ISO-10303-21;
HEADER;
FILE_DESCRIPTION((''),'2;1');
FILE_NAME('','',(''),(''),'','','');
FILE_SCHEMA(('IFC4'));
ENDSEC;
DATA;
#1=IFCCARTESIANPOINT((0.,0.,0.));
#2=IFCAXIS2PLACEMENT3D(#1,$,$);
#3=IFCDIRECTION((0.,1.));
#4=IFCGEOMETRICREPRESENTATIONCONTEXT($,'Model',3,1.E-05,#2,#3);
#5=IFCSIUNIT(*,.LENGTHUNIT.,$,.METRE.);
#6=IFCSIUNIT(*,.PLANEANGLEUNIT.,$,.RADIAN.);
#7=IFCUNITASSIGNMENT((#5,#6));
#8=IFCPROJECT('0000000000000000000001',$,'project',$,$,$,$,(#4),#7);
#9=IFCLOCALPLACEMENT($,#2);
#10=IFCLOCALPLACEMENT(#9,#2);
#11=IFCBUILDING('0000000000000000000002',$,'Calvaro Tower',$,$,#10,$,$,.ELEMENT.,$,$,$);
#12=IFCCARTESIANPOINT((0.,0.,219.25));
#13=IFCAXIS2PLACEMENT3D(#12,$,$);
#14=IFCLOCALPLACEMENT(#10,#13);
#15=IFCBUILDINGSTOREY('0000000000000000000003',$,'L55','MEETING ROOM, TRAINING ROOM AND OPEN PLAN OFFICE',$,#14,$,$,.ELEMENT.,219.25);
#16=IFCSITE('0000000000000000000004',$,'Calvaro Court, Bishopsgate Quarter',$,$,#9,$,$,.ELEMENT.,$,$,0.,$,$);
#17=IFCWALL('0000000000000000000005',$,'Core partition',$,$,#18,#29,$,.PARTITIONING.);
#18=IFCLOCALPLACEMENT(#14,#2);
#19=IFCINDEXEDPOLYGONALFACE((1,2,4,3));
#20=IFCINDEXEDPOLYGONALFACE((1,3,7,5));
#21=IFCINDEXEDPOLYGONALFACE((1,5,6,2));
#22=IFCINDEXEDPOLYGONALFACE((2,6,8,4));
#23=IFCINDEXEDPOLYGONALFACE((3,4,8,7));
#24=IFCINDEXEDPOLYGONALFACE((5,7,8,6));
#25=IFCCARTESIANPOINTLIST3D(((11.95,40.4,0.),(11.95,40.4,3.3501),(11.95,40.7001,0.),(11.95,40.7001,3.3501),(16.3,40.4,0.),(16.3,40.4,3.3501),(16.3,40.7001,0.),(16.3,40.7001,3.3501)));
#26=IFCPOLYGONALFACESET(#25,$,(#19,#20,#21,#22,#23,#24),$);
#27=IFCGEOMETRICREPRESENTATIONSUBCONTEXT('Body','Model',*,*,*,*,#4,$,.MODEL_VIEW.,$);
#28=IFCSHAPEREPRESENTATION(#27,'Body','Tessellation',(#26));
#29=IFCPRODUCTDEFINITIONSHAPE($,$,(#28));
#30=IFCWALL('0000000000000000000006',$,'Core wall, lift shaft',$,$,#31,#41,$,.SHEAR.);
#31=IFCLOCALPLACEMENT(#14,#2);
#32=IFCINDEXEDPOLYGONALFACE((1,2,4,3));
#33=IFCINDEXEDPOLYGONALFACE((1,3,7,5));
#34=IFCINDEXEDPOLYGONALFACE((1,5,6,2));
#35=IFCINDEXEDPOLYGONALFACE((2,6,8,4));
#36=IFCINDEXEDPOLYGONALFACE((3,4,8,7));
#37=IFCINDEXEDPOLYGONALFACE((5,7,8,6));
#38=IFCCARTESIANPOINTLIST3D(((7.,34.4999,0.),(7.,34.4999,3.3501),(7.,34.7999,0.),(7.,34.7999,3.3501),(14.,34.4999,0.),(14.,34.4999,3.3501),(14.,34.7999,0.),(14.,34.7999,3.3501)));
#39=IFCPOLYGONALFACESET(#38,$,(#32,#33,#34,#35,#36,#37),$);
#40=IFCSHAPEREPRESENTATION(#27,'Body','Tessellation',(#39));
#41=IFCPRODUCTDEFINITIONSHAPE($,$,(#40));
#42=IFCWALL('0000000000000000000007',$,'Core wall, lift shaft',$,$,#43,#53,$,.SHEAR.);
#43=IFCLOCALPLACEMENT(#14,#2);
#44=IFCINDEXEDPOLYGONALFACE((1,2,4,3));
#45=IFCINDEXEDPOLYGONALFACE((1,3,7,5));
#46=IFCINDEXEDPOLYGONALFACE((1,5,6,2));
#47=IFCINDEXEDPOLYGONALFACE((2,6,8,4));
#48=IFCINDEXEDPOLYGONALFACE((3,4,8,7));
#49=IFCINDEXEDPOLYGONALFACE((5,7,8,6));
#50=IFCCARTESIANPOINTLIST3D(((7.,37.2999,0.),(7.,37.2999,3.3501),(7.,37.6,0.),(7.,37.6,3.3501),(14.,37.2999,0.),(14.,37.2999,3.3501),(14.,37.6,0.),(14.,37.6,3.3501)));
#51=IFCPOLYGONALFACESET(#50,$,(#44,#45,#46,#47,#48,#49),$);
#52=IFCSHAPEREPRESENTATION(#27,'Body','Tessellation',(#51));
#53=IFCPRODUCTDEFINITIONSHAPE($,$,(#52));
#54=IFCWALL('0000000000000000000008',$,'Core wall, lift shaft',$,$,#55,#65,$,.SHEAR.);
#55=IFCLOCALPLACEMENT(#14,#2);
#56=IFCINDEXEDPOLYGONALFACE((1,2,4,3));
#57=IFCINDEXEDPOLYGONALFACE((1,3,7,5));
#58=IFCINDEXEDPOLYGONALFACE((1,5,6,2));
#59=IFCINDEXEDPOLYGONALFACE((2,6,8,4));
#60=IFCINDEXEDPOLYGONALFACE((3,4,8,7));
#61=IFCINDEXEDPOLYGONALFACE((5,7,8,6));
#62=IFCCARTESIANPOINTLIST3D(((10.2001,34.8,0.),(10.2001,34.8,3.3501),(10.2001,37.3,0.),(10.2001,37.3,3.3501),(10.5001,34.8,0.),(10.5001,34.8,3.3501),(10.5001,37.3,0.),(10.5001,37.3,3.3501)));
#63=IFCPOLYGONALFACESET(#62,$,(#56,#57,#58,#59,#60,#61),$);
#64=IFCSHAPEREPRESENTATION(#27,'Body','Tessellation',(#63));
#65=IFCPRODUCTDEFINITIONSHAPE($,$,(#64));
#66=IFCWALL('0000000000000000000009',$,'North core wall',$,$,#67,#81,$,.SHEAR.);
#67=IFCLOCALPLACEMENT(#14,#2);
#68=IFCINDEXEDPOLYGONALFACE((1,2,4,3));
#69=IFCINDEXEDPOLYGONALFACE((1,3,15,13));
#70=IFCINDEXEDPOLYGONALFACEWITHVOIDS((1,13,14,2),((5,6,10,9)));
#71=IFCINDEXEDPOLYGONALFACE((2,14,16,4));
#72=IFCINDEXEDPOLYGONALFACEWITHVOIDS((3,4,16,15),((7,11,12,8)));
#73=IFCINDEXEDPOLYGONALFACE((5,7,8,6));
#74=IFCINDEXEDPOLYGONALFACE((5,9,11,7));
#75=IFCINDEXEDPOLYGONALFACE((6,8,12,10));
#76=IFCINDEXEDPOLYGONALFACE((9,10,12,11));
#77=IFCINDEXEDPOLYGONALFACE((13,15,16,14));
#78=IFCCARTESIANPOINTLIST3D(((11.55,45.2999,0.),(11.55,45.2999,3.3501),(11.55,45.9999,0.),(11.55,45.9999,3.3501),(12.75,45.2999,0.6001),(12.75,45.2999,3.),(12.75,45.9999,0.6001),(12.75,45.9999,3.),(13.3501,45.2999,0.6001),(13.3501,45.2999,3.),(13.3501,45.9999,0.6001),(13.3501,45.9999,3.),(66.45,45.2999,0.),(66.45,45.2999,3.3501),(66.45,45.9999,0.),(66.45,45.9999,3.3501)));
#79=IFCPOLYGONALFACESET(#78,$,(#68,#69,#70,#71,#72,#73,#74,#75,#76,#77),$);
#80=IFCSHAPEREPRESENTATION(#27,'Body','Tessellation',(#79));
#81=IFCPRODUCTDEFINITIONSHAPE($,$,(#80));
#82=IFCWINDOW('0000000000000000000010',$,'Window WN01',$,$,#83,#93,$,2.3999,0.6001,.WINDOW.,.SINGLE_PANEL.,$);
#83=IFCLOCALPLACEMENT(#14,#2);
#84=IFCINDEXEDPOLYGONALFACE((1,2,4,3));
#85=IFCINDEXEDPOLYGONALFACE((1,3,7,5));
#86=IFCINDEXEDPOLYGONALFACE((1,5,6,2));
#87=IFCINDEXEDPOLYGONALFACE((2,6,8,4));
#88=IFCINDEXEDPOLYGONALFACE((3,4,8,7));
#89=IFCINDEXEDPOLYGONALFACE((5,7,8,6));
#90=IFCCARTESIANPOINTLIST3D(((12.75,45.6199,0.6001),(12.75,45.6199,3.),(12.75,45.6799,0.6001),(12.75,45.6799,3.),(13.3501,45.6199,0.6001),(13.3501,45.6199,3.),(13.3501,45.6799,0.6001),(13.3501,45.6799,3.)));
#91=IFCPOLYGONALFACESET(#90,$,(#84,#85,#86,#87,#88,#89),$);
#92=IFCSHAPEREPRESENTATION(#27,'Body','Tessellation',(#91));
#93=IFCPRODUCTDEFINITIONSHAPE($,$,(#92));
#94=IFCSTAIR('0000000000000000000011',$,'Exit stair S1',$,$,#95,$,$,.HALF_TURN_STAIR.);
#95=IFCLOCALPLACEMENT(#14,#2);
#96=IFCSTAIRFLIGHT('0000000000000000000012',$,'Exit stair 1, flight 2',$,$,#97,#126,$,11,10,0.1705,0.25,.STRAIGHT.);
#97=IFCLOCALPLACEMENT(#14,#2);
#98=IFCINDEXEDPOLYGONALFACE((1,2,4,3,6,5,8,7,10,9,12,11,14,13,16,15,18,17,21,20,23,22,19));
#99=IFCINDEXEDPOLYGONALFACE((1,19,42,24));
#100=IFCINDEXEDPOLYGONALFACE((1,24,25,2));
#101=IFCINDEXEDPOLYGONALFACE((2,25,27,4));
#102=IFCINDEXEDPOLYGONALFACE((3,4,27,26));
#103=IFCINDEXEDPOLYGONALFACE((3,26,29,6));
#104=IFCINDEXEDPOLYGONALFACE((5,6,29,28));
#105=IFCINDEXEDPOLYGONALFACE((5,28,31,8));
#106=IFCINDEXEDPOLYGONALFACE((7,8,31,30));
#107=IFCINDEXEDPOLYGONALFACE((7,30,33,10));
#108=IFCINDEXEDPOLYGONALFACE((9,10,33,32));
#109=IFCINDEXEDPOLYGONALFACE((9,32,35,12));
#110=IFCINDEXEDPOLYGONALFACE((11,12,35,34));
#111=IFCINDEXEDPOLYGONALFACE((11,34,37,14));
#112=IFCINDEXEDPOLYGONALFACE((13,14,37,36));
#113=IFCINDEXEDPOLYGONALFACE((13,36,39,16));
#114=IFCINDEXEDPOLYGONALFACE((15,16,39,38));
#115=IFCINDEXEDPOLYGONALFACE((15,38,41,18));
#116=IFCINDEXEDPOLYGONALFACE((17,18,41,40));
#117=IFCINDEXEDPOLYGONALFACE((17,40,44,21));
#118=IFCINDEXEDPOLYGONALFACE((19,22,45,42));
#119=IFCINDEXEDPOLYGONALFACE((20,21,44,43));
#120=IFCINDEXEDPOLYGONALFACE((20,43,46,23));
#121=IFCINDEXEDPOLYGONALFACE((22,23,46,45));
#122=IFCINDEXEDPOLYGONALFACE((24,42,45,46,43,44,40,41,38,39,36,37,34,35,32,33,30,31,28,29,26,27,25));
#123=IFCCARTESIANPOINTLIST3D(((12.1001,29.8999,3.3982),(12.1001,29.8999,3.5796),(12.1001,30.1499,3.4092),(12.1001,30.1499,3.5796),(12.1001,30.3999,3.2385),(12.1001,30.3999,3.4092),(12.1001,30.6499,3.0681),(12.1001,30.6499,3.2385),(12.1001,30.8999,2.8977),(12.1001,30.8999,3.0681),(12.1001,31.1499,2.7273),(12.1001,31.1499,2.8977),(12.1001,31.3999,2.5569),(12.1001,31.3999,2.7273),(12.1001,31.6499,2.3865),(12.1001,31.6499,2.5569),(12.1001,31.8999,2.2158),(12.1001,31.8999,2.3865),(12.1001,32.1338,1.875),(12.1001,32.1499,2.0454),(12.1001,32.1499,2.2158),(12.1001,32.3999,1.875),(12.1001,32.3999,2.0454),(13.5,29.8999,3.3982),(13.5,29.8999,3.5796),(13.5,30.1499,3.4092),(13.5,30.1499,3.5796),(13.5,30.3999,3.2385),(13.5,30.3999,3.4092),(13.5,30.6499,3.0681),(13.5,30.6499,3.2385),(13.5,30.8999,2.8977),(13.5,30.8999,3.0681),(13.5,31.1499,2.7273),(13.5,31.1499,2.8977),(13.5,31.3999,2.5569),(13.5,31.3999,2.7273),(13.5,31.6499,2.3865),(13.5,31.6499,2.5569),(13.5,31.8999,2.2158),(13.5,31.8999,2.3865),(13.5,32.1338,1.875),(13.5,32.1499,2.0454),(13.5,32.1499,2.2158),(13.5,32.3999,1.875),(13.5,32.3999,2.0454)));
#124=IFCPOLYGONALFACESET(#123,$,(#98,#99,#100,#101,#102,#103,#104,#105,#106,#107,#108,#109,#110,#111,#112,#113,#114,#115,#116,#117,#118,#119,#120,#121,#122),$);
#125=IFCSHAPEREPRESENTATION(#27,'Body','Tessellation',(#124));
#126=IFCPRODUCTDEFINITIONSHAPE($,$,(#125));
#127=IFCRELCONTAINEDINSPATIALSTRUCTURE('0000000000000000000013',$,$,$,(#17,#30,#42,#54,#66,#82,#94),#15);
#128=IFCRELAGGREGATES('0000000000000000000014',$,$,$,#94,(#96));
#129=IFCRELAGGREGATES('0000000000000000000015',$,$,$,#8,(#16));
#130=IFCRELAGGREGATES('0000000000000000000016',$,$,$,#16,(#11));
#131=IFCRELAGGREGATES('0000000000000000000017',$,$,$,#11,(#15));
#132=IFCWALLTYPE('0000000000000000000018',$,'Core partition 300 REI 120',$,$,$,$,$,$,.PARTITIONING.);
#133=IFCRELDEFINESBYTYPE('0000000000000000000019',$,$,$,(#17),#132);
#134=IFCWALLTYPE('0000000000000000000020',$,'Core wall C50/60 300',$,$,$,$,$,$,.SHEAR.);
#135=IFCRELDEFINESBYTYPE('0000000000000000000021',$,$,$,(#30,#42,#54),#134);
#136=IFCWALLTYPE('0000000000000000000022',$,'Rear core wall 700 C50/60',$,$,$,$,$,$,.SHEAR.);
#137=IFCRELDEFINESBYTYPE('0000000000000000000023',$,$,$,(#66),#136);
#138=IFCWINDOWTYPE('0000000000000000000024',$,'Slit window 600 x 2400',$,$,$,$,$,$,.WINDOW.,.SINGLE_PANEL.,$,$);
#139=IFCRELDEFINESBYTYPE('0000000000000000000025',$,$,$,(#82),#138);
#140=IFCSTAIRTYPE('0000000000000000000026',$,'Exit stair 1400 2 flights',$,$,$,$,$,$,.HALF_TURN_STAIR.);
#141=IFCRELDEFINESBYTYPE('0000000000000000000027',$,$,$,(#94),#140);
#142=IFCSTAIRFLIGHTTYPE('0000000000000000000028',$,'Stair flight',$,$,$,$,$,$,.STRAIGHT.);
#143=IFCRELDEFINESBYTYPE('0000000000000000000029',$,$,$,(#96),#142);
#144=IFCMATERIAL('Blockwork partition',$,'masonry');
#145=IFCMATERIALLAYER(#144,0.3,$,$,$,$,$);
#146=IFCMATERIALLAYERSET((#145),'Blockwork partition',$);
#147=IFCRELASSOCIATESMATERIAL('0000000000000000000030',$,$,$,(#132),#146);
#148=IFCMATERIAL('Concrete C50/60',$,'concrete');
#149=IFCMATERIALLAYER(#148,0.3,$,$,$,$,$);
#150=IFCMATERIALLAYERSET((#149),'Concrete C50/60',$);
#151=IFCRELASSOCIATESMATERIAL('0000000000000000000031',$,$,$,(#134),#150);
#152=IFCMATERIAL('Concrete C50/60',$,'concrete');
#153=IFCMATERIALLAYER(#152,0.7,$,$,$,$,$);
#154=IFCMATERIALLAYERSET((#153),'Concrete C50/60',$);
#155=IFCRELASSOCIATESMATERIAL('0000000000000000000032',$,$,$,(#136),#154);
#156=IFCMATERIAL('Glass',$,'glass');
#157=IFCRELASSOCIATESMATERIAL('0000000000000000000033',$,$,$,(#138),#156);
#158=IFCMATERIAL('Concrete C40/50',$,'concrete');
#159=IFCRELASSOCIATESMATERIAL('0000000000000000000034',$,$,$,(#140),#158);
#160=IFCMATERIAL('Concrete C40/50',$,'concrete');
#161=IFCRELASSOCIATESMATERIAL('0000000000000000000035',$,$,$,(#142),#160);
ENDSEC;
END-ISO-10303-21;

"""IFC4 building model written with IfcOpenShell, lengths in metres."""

from ifc_helpers import new_model, si_unit, direction, frame, frame_2d, origin, place, context, subcontext, project, spatial, polyline, rectangle, outline, extrude, material, layer, layer_set, type_object, element, fill, aggregate, save


model = new_model("IFC4")

# Units and contexts
model_context = context("Model", 3, precision=1e-05, world=origin(), true_north=direction((0.0, 1.0)))
body_context = subcontext(model_context, "Body", "Model", "MODEL_VIEW")
ifc_project = project(units=[si_unit("LENGTHUNIT", "METRE"), si_unit("PLANEANGLEUNIT", "RADIAN")], contexts=[model_context])

# Site, building, storey
site_placement = place(None, origin())
site = spatial("IfcSite", under=ifc_project, at=site_placement, Name="Calvaro Court, Bishopsgate Quarter", CompositionType="ELEMENT", RefElevation=0.0)
building_placement = place(site_placement, origin())
building = spatial("IfcBuilding", under=site, at=building_placement, Name="Calvaro Tower", CompositionType="ELEMENT")
storey_placement = place(building_placement, frame((0.0, 0.0, 219.25)))
storey = spatial("IfcBuildingStorey", under=building, at=storey_placement, Name="L55", Description="MEETING ROOM, TRAINING ROOM AND OPEN PLAN OFFICE", CompositionType="ELEMENT", Elevation=219.25)

# Walls
ifc_material_1 = material(Name="Blockwork partition", Category="masonry")
ifc_layer_1 = layer(ifc_material_1, 0.3)
ifc_layer_set_1 = layer_set([ifc_layer_1], Name="Blockwork partition")
wall_type_1 = type_object("IfcWallType", Name="Core partition 300 REI 120", PredefinedType="PARTITIONING", material=ifc_layer_set_1)
wall_1_placement = place(storey_placement, frame((11.95, 40.55, 0.0), z_axis=(0.0, 0.0, 1.0), x_axis=(1.0, 0.0, 0.0)))
element("IfcWall", 1, at=wall_1_placement, inside=storey, type_object=wall_type_1, Name="Core partition", PredefinedType="PARTITIONING", context=body_context, shape_type="SweptSolid", body=[
    extrude(rectangle(XDim=4.3501, YDim=0.3, at=frame_2d((2.175, 0.0))), origin(), (0.0, 0.0, 1.0), 3.3501),
])
ifc_material_2 = material(Name="Concrete C50/60", Category="concrete")
ifc_layer_2 = layer(ifc_material_2, 0.3)
ifc_layer_set_2 = layer_set([ifc_layer_2], Name="Concrete C50/60")
wall_type_2 = type_object("IfcWallType", Name="Core wall C50/60 300", PredefinedType="SHEAR", material=ifc_layer_set_2)
for number, where, z_axis, x_axis, name in (
    (2, (7.0, 34.6499, 0.0), (0.0, 0.0, 1.0), (1.0, 0.0, 0.0), "Core wall, lift shaft"),
    (3, (7.0, 37.45, 0.0), (0.0, 0.0, 1.0), (1.0, 0.0, 0.0), "Core wall, lift shaft"),
):
    element("IfcWall", number, at=place(storey_placement, frame(where, z_axis=z_axis, x_axis=x_axis)), inside=storey, type_object=wall_type_2, Name=name, PredefinedType="SHEAR", context=body_context, shape_type="SweptSolid", body=[
        extrude(rectangle(XDim=7.0, YDim=0.3, at=frame_2d((3.5, 0.0))), origin(), (0.0, 0.0, 1.0), 3.3501),
    ])
wall_2_placement = place(storey_placement, frame((10.3501, 34.8, 0.0), z_axis=(0.0, 0.0, 1.0), x_axis=(0.0, 1.0, 0.0)))
element("IfcWall", 4, at=wall_2_placement, inside=storey, type_object=wall_type_2, Name="Core wall, lift shaft", PredefinedType="SHEAR", context=body_context, shape_type="SweptSolid", body=[
    extrude(rectangle(XDim=2.5, YDim=0.3, at=frame_2d((1.25, 0.0))), origin(), (0.0, 0.0, 1.0), 3.3501),
])

# Wall, opening, window
ifc_material_3 = material(Name="Concrete C50/60", Category="concrete")
ifc_layer_3 = layer(ifc_material_3, 0.7)
ifc_layer_set_3 = layer_set([ifc_layer_3], Name="Concrete C50/60")
wall_type_3 = type_object("IfcWallType", Name="Rear core wall 700 C50/60", PredefinedType="SHEAR", material=ifc_layer_set_3)
wall_3_placement = place(storey_placement, frame((11.55, 45.6499, 0.0), z_axis=(0.0, 0.0, 1.0), x_axis=(1.0, 0.0, 0.0)))
wall_3 = element("IfcWall", 5, at=wall_3_placement, inside=storey, type_object=wall_type_3, Name="North core wall", PredefinedType="SHEAR", context=body_context, shape_type="SweptSolid", body=[
    extrude(rectangle(XDim=54.8999, YDim=0.7, at=frame_2d((27.45, 0.0))), origin(), (0.0, 0.0, 1.0), 3.3501),
])
opening_1_placement = place(wall_3_placement, frame((1.2, 0.0, 0.6001)))
opening_1 = element("IfcOpeningElement", 6, at=opening_1_placement, cuts=wall_3, PredefinedType="OPENING", context=body_context, shape_type="SweptSolid", body=[
    extrude(rectangle(XDim=0.6001, YDim=2.3999, at=frame_2d((0.3, 1.2))), frame((0.0, 0.3599, 0.0), z_axis=(0.0, -1.0, 0.0), x_axis=(1.0, 0.0, 0.0)), (0.0, 0.0, 1.0), 0.72),
])
ifc_material_4 = material(Name="Glass", Category="glass")
window_type = type_object("IfcWindowType", Name="Slit window 600 x 2400", PartitioningType="SINGLE_PANEL", PredefinedType="WINDOW", material=ifc_material_4)
window_placement = place(opening_1_placement, origin())
window = element("IfcWindow", 7, at=window_placement, inside=storey, type_object=window_type, Name="Window WN01", OverallHeight=2.3999, OverallWidth=0.6001, PartitioningType="SINGLE_PANEL", PredefinedType="WINDOW", context=body_context, shape_type="SweptSolid", body=[
    extrude(rectangle(XDim=0.6001, YDim=2.3999, at=frame_2d((0.3, 1.2))), frame((0.0, 0.03, 0.0), z_axis=(0.0, -1.0, 0.0), x_axis=(1.0, 0.0, 0.0)), (0.0, 0.0, 1.0), 0.0601),
])
fill(opening_1, window)

# Stair, stair flight
ifc_material_5 = material(Name="Concrete C40/50", Category="concrete")
stair_type = type_object("IfcStairType", Name="Exit stair 1400 2 flights", PredefinedType="HALF_TURN_STAIR", material=ifc_material_5)
stair_placement = place(storey_placement, origin())
stair = element("IfcStair", 8, at=stair_placement, inside=storey, type_object=stair_type, Name="Exit stair S1", PredefinedType="HALF_TURN_STAIR")
ifc_material_6 = material(Name="Concrete C40/50", Category="concrete")
stair_flight_type = type_object("IfcStairFlightType", Name="Stair flight", PredefinedType="STRAIGHT", material=ifc_material_6)
stair_flight_placement = place(storey_placement, frame((12.8, 32.3999, 1.875), z_axis=(0.0, 0.0, 1.0), x_axis=(0.0, -1.0, 0.0)))
stair_flight = element("IfcStairFlight", 9, at=stair_flight_placement, type_object=stair_flight_type, Name="Exit stair 1, flight 2", NumberOfRisers=11, NumberOfTreads=10, PredefinedType="STRAIGHT", RiserHeight=0.1705, TreadLength=0.25, context=body_context, shape_type="SweptSolid", body=[
    extrude(outline(polyline([(0.0, 0.0), (0.0, 0.1704), (0.25, 0.1704), (0.25, 0.3408), (0.5, 0.3408), (0.5, 0.5115), (0.75, 0.5115), (0.75, 0.6819), (1.0, 0.6819), (1.0, 0.8523), (1.25, 0.8523), (1.25, 1.0227), (1.5, 1.0227), (1.5, 1.1931), (1.75, 1.1931), (1.75, 1.3635), (2.0, 1.3635), (2.0, 1.5342), (2.25, 1.5342), (2.25, 1.7046), (2.5, 1.7046), (2.5, 1.875), (2.5, 1.5232), (0.2661, 0.0), (0.0, 0.0)])), frame((0.0, 0.7, 0.0), z_axis=(0.0, -1.0, 0.0), x_axis=(1.0, 0.0, 0.0)), (0.0, 0.0, 1.0), 1.3999),
])
aggregate(stair, [stair_flight])

save(model, "model.ifc")
